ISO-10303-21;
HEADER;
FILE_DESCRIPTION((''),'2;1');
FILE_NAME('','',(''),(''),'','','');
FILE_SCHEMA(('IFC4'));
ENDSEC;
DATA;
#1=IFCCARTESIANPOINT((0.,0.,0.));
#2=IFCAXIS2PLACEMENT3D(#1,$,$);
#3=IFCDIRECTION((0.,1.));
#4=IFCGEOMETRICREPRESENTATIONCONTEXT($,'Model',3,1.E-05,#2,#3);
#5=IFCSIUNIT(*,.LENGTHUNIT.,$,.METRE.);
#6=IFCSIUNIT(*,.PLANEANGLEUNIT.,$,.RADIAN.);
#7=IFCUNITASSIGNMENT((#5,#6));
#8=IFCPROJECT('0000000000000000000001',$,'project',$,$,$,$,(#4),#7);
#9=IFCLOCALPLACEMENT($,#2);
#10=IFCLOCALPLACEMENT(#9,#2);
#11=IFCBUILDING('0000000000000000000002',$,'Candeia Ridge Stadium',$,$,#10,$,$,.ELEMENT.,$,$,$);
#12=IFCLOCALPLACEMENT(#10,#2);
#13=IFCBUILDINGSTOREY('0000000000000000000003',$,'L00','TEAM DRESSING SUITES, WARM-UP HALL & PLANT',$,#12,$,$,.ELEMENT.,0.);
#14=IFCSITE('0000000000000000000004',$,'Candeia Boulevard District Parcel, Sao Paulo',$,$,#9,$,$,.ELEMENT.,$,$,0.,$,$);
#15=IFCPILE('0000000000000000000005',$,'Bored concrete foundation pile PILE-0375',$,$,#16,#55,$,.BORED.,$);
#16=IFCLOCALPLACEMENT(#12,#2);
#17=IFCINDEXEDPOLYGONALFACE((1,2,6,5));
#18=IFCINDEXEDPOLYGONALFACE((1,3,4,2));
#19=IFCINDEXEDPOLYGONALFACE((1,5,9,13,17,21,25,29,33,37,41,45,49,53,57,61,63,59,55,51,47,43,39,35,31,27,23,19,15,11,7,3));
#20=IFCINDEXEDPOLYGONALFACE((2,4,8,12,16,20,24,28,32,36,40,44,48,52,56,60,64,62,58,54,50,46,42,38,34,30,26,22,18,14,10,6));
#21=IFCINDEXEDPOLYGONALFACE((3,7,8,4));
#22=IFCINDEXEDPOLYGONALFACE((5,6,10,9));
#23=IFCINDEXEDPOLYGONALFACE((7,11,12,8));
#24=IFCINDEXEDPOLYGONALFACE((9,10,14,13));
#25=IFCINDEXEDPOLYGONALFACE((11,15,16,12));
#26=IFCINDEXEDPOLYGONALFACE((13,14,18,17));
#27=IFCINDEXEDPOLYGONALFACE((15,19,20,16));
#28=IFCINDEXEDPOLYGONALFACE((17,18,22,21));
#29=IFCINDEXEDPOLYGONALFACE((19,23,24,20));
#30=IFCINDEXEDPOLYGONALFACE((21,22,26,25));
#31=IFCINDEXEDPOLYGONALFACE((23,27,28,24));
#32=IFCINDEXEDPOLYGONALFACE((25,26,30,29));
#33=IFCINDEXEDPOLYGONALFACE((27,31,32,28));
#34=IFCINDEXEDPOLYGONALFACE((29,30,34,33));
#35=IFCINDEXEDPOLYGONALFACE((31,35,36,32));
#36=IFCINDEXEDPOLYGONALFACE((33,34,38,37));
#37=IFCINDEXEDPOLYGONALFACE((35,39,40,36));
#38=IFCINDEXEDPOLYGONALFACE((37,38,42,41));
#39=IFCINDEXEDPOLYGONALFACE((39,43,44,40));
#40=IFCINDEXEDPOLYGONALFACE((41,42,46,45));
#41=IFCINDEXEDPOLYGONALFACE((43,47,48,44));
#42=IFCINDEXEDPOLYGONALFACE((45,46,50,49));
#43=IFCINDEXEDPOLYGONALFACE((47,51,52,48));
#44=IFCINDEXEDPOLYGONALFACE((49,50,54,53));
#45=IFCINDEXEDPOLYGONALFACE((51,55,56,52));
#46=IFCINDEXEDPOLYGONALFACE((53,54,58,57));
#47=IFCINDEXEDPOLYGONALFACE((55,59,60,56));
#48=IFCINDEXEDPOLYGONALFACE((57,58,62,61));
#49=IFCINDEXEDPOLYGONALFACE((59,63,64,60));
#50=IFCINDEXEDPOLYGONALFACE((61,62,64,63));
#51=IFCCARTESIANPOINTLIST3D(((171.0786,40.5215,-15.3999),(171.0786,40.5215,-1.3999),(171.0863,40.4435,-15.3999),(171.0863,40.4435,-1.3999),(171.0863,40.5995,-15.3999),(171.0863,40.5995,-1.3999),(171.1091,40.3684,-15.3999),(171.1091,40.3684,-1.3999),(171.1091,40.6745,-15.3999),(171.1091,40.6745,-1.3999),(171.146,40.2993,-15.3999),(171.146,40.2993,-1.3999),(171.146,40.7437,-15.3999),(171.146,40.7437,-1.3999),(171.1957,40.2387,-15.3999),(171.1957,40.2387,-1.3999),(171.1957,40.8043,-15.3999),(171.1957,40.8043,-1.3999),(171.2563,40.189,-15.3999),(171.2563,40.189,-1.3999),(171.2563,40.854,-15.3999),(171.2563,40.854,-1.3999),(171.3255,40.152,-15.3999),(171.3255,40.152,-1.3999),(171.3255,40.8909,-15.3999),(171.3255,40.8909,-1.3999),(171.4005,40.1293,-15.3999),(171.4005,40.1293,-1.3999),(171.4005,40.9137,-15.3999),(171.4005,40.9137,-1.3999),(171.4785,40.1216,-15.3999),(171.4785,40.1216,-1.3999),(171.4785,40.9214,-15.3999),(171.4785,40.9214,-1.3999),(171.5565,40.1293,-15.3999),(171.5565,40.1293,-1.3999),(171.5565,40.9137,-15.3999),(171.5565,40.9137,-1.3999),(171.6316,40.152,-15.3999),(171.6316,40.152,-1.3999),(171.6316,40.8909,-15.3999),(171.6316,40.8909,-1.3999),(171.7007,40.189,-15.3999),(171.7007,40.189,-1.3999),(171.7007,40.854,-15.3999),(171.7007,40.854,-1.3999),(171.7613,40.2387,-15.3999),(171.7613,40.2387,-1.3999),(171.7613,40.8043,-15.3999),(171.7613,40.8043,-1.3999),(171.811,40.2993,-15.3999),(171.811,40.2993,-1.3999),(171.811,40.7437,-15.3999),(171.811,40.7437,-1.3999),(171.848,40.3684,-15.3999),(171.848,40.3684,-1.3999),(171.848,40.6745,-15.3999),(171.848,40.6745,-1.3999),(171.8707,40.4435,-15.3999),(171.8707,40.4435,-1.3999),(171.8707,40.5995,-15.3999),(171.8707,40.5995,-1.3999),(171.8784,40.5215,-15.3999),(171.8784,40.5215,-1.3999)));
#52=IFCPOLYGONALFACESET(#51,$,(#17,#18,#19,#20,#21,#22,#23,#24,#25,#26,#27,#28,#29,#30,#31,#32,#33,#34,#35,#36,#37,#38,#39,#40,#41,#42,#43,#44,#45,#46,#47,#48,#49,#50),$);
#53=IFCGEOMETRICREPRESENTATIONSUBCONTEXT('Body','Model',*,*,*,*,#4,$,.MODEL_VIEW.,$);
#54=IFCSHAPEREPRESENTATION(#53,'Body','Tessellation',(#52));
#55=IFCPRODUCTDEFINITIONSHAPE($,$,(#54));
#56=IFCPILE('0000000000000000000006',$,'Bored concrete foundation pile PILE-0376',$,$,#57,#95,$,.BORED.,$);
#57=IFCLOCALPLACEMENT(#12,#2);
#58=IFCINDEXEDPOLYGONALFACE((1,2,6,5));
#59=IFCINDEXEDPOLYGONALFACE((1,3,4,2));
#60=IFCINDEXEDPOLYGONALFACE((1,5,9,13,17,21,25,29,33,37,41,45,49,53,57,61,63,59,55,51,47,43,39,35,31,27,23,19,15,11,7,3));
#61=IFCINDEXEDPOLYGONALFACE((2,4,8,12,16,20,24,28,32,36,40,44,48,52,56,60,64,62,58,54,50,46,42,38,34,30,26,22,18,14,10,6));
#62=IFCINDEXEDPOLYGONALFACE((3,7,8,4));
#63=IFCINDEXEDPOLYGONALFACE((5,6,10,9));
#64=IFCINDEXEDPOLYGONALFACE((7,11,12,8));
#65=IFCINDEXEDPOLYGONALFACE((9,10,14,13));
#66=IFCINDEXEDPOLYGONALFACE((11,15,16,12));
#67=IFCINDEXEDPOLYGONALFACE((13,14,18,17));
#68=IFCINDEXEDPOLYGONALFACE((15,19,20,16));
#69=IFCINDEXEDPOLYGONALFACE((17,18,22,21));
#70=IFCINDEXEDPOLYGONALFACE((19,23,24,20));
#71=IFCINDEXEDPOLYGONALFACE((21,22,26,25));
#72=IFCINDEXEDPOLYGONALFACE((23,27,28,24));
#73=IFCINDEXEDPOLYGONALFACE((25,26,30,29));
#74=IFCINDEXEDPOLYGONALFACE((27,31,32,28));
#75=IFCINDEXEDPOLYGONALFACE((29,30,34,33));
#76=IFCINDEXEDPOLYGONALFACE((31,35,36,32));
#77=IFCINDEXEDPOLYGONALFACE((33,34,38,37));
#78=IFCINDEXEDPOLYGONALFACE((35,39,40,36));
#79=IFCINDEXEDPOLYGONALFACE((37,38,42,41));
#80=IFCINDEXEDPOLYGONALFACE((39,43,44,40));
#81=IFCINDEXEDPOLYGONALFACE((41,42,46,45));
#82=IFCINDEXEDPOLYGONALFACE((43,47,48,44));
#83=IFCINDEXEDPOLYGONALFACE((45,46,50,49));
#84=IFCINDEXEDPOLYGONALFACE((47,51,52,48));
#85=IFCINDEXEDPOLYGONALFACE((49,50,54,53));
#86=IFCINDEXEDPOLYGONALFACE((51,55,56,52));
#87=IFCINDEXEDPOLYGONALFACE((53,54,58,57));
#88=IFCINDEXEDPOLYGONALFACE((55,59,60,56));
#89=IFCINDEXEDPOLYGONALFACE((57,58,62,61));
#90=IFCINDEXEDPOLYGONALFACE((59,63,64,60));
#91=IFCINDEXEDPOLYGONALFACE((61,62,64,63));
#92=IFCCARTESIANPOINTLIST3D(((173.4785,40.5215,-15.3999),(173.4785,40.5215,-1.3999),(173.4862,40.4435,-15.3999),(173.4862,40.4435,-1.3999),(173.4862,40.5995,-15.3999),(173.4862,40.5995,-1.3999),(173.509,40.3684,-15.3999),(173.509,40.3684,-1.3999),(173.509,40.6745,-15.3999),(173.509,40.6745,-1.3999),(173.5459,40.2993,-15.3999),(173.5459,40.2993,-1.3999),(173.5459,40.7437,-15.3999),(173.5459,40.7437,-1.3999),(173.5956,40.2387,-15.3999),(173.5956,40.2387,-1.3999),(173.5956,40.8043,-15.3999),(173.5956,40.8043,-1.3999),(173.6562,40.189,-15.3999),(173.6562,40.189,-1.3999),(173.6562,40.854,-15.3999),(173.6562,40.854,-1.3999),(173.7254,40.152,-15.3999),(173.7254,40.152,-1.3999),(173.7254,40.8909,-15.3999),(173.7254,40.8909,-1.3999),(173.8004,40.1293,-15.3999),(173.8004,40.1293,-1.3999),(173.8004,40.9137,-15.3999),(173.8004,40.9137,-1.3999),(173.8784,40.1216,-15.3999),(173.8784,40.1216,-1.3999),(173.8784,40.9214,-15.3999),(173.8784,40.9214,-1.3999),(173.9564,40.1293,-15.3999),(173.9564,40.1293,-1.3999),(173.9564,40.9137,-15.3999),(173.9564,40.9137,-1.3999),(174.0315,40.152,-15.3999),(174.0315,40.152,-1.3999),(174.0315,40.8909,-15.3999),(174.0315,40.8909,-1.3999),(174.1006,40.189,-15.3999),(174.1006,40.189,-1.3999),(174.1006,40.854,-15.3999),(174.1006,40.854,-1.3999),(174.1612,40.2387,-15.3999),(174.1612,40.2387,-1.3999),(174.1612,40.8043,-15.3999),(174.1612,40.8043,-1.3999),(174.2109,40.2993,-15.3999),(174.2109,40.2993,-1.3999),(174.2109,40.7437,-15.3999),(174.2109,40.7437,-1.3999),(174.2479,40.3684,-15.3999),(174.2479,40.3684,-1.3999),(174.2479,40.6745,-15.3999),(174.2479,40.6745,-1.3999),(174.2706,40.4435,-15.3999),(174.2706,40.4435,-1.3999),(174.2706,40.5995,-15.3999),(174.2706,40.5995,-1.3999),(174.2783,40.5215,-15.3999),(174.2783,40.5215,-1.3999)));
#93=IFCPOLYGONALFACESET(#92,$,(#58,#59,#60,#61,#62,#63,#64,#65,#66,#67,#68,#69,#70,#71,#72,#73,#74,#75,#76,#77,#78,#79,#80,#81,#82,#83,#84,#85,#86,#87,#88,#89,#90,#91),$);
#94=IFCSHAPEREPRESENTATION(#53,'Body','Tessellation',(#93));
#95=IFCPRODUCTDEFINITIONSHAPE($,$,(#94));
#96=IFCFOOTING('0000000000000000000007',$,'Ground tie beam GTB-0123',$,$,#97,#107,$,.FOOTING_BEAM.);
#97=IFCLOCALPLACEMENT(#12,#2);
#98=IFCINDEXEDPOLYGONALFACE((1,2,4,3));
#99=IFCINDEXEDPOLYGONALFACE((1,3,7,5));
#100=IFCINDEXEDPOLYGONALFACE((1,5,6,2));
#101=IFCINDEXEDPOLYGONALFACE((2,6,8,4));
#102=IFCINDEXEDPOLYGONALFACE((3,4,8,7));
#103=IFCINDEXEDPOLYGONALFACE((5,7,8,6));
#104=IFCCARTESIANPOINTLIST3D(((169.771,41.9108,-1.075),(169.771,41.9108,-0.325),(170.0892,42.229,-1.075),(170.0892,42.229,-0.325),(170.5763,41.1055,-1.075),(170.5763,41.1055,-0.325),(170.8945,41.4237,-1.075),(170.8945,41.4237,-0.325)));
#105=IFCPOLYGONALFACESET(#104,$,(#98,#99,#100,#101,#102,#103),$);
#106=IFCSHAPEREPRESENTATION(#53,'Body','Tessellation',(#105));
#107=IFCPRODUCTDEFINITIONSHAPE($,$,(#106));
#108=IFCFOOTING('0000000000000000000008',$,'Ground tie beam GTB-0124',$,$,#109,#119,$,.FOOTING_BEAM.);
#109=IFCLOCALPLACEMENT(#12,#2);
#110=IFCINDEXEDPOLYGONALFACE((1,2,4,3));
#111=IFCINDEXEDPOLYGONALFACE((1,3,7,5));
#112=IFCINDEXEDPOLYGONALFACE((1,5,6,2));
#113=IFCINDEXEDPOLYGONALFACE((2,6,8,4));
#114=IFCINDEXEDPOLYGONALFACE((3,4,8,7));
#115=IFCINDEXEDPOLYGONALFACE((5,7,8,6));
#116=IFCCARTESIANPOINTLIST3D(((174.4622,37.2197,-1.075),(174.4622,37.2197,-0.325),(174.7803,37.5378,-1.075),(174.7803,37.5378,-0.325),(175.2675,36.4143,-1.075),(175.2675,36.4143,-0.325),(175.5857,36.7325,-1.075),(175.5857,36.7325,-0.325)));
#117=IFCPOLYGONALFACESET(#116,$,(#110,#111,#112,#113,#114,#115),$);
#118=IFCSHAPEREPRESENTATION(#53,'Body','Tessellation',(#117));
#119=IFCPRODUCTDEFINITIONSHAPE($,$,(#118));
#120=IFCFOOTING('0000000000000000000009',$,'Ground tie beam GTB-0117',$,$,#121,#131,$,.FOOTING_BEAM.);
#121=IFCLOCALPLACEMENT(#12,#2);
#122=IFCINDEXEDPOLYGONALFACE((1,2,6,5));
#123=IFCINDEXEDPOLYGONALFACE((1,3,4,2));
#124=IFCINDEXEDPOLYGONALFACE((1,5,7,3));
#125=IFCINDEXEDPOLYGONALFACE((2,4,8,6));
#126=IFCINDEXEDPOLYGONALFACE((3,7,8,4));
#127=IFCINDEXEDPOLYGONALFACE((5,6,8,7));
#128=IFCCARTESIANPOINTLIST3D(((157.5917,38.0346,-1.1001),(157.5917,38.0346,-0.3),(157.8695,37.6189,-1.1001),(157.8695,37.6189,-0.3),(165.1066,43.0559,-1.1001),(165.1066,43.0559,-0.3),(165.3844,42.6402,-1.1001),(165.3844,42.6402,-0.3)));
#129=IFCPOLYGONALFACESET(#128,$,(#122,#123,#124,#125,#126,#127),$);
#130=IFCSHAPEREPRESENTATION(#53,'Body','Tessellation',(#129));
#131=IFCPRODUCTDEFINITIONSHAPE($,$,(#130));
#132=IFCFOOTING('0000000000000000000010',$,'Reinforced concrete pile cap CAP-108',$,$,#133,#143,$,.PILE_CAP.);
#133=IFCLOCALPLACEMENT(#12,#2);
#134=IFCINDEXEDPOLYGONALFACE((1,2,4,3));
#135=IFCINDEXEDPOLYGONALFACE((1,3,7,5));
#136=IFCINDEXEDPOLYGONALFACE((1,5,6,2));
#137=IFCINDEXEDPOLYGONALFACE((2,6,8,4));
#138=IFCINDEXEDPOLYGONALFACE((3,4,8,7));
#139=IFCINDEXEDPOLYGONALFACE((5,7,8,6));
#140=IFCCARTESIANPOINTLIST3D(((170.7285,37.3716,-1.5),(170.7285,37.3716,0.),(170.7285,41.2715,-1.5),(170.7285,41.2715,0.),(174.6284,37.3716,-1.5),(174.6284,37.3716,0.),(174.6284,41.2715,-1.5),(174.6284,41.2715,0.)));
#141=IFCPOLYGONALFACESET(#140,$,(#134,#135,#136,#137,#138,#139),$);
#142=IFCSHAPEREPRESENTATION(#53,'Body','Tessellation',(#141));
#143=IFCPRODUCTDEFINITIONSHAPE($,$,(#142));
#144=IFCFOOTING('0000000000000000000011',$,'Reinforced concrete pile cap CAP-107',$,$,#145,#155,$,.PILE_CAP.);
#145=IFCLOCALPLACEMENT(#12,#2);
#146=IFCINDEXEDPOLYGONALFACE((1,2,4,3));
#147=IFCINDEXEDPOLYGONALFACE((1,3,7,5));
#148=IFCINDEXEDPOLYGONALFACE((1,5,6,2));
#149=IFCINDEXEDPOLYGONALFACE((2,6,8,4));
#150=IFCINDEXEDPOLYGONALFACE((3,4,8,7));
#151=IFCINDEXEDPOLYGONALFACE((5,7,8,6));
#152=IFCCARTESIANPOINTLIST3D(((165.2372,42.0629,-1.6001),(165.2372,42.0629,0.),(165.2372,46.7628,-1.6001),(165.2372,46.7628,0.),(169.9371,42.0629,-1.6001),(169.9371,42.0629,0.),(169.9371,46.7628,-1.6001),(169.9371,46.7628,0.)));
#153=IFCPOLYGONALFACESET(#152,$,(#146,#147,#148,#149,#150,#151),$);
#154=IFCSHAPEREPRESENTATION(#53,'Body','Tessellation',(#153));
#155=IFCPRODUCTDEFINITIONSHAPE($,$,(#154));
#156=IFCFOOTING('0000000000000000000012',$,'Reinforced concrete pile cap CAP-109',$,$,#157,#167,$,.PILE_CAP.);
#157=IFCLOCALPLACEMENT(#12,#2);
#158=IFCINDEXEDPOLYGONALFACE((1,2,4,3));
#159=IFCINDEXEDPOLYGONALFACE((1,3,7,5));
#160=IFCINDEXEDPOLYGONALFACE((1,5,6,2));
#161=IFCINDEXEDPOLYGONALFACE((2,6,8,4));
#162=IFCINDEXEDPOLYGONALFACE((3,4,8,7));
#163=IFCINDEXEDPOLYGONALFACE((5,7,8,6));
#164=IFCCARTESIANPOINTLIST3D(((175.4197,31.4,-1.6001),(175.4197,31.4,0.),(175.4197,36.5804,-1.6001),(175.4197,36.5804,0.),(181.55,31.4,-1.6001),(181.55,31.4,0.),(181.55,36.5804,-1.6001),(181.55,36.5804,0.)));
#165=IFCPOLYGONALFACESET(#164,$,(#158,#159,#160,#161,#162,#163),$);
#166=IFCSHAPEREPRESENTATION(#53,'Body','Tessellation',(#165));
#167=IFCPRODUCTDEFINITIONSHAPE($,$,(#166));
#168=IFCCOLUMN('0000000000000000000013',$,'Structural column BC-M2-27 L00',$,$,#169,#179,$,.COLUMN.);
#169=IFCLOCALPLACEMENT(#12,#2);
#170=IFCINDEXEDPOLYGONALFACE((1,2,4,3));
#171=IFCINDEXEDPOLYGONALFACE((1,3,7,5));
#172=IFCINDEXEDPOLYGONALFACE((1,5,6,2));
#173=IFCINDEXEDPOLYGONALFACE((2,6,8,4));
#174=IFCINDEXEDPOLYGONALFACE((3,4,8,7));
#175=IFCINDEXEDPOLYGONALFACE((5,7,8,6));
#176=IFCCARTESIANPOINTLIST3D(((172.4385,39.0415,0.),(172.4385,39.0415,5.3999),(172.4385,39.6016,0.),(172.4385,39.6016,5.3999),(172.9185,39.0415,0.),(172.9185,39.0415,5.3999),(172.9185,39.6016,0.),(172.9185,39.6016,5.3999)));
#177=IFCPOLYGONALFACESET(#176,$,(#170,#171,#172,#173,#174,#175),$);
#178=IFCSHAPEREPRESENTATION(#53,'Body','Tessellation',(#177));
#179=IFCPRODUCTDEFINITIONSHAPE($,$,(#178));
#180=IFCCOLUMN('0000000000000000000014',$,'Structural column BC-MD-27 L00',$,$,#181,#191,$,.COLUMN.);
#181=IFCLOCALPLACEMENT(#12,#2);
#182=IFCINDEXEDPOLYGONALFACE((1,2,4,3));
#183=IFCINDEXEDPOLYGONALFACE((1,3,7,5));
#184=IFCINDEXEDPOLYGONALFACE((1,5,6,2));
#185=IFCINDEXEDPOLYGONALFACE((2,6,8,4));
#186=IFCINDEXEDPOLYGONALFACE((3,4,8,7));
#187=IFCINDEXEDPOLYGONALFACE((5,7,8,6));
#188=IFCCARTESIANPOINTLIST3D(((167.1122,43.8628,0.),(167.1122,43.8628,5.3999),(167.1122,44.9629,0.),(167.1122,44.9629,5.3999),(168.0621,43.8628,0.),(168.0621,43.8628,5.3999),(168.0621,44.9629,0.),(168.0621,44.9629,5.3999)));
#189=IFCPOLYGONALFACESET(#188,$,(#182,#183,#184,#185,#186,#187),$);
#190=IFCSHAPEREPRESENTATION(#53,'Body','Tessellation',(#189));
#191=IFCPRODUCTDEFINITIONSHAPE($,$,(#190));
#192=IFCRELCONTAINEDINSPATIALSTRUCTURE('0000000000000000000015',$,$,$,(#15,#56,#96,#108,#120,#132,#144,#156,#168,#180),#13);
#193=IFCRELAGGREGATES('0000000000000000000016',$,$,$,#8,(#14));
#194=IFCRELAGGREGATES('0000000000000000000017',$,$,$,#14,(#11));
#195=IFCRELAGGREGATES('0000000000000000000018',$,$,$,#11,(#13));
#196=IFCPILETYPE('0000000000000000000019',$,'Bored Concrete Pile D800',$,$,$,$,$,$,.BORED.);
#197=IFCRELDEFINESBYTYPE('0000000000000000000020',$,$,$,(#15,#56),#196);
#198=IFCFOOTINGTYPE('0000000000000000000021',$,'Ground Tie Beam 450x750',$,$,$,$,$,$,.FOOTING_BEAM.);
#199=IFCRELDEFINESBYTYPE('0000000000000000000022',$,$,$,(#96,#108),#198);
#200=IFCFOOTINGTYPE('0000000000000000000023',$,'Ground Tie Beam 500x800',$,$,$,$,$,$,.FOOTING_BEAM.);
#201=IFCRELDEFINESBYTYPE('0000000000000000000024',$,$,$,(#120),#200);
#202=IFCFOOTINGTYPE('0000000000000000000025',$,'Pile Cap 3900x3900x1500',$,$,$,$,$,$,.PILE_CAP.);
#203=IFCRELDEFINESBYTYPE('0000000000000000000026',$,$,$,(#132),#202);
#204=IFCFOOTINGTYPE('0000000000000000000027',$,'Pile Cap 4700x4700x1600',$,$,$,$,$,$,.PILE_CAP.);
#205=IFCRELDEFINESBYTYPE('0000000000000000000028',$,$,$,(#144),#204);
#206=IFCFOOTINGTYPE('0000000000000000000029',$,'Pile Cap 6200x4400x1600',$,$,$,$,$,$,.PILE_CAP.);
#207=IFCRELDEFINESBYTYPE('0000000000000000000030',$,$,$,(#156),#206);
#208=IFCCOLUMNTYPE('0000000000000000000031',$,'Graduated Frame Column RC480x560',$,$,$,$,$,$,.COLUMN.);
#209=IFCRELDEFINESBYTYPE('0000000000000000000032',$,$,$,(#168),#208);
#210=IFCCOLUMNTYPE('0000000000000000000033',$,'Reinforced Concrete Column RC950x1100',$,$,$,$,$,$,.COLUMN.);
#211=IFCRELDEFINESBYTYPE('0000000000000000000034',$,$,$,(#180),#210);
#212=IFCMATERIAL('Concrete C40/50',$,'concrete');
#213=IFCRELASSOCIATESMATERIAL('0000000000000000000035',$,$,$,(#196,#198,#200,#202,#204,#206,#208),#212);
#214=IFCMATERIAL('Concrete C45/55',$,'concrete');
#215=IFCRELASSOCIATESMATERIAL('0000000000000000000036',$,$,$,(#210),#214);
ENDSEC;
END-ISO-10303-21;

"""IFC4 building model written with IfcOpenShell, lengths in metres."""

from ifc_helpers import new_model, si_unit, direction, frame, origin, origin_2d, place, context, subcontext, project, spatial, rectangle, circle, extrude, material, material_profile, profile_set, type_object, element, save


model = new_model("IFC4")

# Units and contexts
model_context = context("Model", 3, precision=1e-05, world=origin(), true_north=direction((0.0, 1.0)))
body_context = subcontext(model_context, "Body", "Model", "MODEL_VIEW")
ifc_project = project(units=[si_unit("LENGTHUNIT", "METRE"), si_unit("PLANEANGLEUNIT", "RADIAN")], contexts=[model_context])

# Site, building, storey
site_placement = place(None, origin())
site = spatial("IfcSite", under=ifc_project, at=site_placement, Name="Candeia Boulevard District Parcel, Sao Paulo", CompositionType="ELEMENT", RefElevation=0.0)
building_placement = place(site_placement, origin())
building = spatial("IfcBuilding", under=site, at=building_placement, Name="Candeia Ridge Stadium", CompositionType="ELEMENT")
storey_placement = place(building_placement, origin())
storey = spatial("IfcBuildingStorey", under=building, at=storey_placement, Name="L00", Description="TEAM DRESSING SUITES, WARM-UP HALL & PLANT", CompositionType="ELEMENT", Elevation=0.0)

# Piles
ifc_material_1 = material(Name="Concrete C40/50", Category="concrete")
ifc_material_profile_1 = material_profile(ifc_material_1, circle(Radius=0.3999, at=origin_2d()), Name="PILE-D800", Category="concrete")
ifc_profile_set_1 = profile_set([ifc_material_profile_1], Name="Concrete C40/50")
pile_type_1 = type_object("IfcPileType", Name="Bored Concrete Pile D800", PredefinedType="BORED", material=ifc_profile_set_1)
for number, where, z_axis, x_axis, name in (
    (1, (171.4785, 40.5215, -1.3999), (0.0, 0.0, -1.0), (1.0, 0.0, 0.0), "Bored concrete foundation pile PILE-0375"),
    (2, (173.8784, 40.5215, -1.3999), (0.0, 0.0, -1.0), (1.0, 0.0, 0.0), "Bored concrete foundation pile PILE-0376"),
):
    element("IfcPile", number, at=place(storey_placement, frame(where, z_axis=z_axis, x_axis=x_axis)), inside=storey, type_object=pile_type_1, Name=name, PredefinedType="BORED", context=body_context, shape_type="SweptSolid", body=[
        extrude(circle(Radius=0.3999, at=origin_2d()), origin(), (0.0, 0.0, 1.0), 14.0),
    ])

# Footings
footing_type_1 = type_object("IfcFootingType", Name="Ground Tie Beam 450x750", PredefinedType="FOOTING_BEAM", material=ifc_material_1)
for number, where, z_axis, x_axis, name in (
    (3, (170.3328, 41.6672, -1.075), (0.0, 0.0, 1.0), (0.707107, -0.707107, 0.0), "Ground tie beam GTB-0123"),
    (4, (175.0239, 36.9761, -1.075), (0.0, 0.0, 1.0), (0.707107, -0.707107, 0.0), "Ground tie beam GTB-0124"),
):
    element("IfcFooting", number, at=place(storey_placement, frame(where, z_axis=z_axis, x_axis=x_axis)), inside=storey, type_object=footing_type_1, Name=name, PredefinedType="FOOTING_BEAM", context=body_context, shape_type="SweptSolid", body=[
        extrude(rectangle(XDim=1.1389, YDim=0.45, at=origin_2d()), origin(), (0.0, 0.0, 1.0), 0.75),
    ])
footing_type_2 = type_object("IfcFootingType", Name="Ground Tie Beam 500x800", PredefinedType="FOOTING_BEAM", material=ifc_material_1)
footing_1_placement = place(storey_placement, frame((161.488, 40.3374, -1.1001), z_axis=(0.0, 0.0, 1.0), x_axis=(0.831469, 0.555571, 0.0)))
element("IfcFooting", 5, at=footing_1_placement, inside=storey, type_object=footing_type_2, Name="Ground tie beam GTB-0117", PredefinedType="FOOTING_BEAM", context=body_context, shape_type="SweptSolid", body=[
    extrude(rectangle(XDim=9.0381, YDim=0.5, at=origin_2d()), origin(), (0.0, 0.0, 1.0), 0.8),
])
footing_type_3 = type_object("IfcFootingType", Name="Pile Cap 3900x3900x1500", PredefinedType="PILE_CAP", material=ifc_material_1)
footing_2_placement = place(storey_placement, frame((172.6785, 39.3215, -1.5), z_axis=(0.0, 0.0, 1.0), x_axis=(1.0, 0.0, 0.0)))
element("IfcFooting", 6, at=footing_2_placement, inside=storey, type_object=footing_type_3, Name="Reinforced concrete pile cap CAP-108", PredefinedType="PILE_CAP", context=body_context, shape_type="SweptSolid", body=[
    extrude(rectangle(XDim=3.8999, YDim=3.8999, at=origin_2d()), origin(), (0.0, 0.0, 1.0), 1.5),
])
footing_type_4 = type_object("IfcFootingType", Name="Pile Cap 4700x4700x1600", PredefinedType="PILE_CAP", material=ifc_material_1)
footing_3_placement = place(storey_placement, frame((167.5872, 44.4128, -1.6001), z_axis=(0.0, 0.0, 1.0), x_axis=(1.0, 0.0, 0.0)))
element("IfcFooting", 7, at=footing_3_placement, inside=storey, type_object=footing_type_4, Name="Reinforced concrete pile cap CAP-107", PredefinedType="PILE_CAP", context=body_context, shape_type="SweptSolid", body=[
    extrude(rectangle(XDim=4.7, YDim=4.7, at=origin_2d()), origin(), (0.0, 0.0, 1.0), 1.6001),
])
footing_type_5 = type_object("IfcFootingType", Name="Pile Cap 6200x4400x1600", PredefinedType="PILE_CAP", material=ifc_material_1)
footing_4_placement = place(storey_placement, frame((178.4849, 33.9902, -1.6001), z_axis=(0.0, 0.0, 1.0), x_axis=(1.0, 0.0, 0.0)))
element("IfcFooting", 8, at=footing_4_placement, inside=storey, type_object=footing_type_5, Name="Reinforced concrete pile cap CAP-109", PredefinedType="PILE_CAP", context=body_context, shape_type="SweptSolid", body=[
    extrude(rectangle(XDim=6.1304, YDim=5.1804, at=origin_2d()), origin(), (0.0, 0.0, 1.0), 1.6001),
])

# Columns
ifc_material_profile_2 = material_profile(ifc_material_1, rectangle(XDim=0.48, YDim=0.5601, at=origin_2d()), Name="RC480x560", Category="concrete")
ifc_profile_set_2 = profile_set([ifc_material_profile_2], Name="Concrete C40/50")
column_type_1 = type_object("IfcColumnType", Name="Graduated Frame Column RC480x560", PredefinedType="COLUMN", material=ifc_profile_set_2)
column_1_placement = place(storey_placement, frame((172.6785, 39.3215, 0.0), z_axis=(0.0, 0.0, 1.0), x_axis=(1.0, 0.0, 0.0)))
element("IfcColumn", 9, at=column_1_placement, inside=storey, type_object=column_type_1, Name="Structural column BC-M2-27 L00", PredefinedType="COLUMN", context=body_context, shape_type="SweptSolid", body=[
    extrude(rectangle(XDim=0.48, YDim=0.5601, at=origin_2d()), origin(), (0.0, 0.0, 1.0), 5.3999),
])
ifc_material_2 = material(Name="Concrete C45/55", Category="concrete")
ifc_material_profile_3 = material_profile(ifc_material_2, rectangle(XDim=0.95, YDim=1.1001, at=origin_2d()), Name="RC950x1100", Category="concrete")
ifc_profile_set_3 = profile_set([ifc_material_profile_3], Name="Concrete C45/55")
column_type_2 = type_object("IfcColumnType", Name="Reinforced Concrete Column RC950x1100", PredefinedType="COLUMN", material=ifc_profile_set_3)
for number, where, z_axis, x_axis, name in (
    (10, (167.5872, 44.4128, 0.0), (0.0, 0.0, 1.0), (1.0, 0.0, 0.0), "Structural column BC-MD-27 L00"),
):
    element("IfcColumn", number, at=place(storey_placement, frame(where, z_axis=z_axis, x_axis=x_axis)), inside=storey, type_object=column_type_2, Name=name, PredefinedType="COLUMN", context=body_context, shape_type="SweptSolid", body=[
        extrude(rectangle(XDim=0.95, YDim=1.1001, at=origin_2d()), origin(), (0.0, 0.0, 1.0), 5.3999),
    ])

save(model, "model.ifc")
